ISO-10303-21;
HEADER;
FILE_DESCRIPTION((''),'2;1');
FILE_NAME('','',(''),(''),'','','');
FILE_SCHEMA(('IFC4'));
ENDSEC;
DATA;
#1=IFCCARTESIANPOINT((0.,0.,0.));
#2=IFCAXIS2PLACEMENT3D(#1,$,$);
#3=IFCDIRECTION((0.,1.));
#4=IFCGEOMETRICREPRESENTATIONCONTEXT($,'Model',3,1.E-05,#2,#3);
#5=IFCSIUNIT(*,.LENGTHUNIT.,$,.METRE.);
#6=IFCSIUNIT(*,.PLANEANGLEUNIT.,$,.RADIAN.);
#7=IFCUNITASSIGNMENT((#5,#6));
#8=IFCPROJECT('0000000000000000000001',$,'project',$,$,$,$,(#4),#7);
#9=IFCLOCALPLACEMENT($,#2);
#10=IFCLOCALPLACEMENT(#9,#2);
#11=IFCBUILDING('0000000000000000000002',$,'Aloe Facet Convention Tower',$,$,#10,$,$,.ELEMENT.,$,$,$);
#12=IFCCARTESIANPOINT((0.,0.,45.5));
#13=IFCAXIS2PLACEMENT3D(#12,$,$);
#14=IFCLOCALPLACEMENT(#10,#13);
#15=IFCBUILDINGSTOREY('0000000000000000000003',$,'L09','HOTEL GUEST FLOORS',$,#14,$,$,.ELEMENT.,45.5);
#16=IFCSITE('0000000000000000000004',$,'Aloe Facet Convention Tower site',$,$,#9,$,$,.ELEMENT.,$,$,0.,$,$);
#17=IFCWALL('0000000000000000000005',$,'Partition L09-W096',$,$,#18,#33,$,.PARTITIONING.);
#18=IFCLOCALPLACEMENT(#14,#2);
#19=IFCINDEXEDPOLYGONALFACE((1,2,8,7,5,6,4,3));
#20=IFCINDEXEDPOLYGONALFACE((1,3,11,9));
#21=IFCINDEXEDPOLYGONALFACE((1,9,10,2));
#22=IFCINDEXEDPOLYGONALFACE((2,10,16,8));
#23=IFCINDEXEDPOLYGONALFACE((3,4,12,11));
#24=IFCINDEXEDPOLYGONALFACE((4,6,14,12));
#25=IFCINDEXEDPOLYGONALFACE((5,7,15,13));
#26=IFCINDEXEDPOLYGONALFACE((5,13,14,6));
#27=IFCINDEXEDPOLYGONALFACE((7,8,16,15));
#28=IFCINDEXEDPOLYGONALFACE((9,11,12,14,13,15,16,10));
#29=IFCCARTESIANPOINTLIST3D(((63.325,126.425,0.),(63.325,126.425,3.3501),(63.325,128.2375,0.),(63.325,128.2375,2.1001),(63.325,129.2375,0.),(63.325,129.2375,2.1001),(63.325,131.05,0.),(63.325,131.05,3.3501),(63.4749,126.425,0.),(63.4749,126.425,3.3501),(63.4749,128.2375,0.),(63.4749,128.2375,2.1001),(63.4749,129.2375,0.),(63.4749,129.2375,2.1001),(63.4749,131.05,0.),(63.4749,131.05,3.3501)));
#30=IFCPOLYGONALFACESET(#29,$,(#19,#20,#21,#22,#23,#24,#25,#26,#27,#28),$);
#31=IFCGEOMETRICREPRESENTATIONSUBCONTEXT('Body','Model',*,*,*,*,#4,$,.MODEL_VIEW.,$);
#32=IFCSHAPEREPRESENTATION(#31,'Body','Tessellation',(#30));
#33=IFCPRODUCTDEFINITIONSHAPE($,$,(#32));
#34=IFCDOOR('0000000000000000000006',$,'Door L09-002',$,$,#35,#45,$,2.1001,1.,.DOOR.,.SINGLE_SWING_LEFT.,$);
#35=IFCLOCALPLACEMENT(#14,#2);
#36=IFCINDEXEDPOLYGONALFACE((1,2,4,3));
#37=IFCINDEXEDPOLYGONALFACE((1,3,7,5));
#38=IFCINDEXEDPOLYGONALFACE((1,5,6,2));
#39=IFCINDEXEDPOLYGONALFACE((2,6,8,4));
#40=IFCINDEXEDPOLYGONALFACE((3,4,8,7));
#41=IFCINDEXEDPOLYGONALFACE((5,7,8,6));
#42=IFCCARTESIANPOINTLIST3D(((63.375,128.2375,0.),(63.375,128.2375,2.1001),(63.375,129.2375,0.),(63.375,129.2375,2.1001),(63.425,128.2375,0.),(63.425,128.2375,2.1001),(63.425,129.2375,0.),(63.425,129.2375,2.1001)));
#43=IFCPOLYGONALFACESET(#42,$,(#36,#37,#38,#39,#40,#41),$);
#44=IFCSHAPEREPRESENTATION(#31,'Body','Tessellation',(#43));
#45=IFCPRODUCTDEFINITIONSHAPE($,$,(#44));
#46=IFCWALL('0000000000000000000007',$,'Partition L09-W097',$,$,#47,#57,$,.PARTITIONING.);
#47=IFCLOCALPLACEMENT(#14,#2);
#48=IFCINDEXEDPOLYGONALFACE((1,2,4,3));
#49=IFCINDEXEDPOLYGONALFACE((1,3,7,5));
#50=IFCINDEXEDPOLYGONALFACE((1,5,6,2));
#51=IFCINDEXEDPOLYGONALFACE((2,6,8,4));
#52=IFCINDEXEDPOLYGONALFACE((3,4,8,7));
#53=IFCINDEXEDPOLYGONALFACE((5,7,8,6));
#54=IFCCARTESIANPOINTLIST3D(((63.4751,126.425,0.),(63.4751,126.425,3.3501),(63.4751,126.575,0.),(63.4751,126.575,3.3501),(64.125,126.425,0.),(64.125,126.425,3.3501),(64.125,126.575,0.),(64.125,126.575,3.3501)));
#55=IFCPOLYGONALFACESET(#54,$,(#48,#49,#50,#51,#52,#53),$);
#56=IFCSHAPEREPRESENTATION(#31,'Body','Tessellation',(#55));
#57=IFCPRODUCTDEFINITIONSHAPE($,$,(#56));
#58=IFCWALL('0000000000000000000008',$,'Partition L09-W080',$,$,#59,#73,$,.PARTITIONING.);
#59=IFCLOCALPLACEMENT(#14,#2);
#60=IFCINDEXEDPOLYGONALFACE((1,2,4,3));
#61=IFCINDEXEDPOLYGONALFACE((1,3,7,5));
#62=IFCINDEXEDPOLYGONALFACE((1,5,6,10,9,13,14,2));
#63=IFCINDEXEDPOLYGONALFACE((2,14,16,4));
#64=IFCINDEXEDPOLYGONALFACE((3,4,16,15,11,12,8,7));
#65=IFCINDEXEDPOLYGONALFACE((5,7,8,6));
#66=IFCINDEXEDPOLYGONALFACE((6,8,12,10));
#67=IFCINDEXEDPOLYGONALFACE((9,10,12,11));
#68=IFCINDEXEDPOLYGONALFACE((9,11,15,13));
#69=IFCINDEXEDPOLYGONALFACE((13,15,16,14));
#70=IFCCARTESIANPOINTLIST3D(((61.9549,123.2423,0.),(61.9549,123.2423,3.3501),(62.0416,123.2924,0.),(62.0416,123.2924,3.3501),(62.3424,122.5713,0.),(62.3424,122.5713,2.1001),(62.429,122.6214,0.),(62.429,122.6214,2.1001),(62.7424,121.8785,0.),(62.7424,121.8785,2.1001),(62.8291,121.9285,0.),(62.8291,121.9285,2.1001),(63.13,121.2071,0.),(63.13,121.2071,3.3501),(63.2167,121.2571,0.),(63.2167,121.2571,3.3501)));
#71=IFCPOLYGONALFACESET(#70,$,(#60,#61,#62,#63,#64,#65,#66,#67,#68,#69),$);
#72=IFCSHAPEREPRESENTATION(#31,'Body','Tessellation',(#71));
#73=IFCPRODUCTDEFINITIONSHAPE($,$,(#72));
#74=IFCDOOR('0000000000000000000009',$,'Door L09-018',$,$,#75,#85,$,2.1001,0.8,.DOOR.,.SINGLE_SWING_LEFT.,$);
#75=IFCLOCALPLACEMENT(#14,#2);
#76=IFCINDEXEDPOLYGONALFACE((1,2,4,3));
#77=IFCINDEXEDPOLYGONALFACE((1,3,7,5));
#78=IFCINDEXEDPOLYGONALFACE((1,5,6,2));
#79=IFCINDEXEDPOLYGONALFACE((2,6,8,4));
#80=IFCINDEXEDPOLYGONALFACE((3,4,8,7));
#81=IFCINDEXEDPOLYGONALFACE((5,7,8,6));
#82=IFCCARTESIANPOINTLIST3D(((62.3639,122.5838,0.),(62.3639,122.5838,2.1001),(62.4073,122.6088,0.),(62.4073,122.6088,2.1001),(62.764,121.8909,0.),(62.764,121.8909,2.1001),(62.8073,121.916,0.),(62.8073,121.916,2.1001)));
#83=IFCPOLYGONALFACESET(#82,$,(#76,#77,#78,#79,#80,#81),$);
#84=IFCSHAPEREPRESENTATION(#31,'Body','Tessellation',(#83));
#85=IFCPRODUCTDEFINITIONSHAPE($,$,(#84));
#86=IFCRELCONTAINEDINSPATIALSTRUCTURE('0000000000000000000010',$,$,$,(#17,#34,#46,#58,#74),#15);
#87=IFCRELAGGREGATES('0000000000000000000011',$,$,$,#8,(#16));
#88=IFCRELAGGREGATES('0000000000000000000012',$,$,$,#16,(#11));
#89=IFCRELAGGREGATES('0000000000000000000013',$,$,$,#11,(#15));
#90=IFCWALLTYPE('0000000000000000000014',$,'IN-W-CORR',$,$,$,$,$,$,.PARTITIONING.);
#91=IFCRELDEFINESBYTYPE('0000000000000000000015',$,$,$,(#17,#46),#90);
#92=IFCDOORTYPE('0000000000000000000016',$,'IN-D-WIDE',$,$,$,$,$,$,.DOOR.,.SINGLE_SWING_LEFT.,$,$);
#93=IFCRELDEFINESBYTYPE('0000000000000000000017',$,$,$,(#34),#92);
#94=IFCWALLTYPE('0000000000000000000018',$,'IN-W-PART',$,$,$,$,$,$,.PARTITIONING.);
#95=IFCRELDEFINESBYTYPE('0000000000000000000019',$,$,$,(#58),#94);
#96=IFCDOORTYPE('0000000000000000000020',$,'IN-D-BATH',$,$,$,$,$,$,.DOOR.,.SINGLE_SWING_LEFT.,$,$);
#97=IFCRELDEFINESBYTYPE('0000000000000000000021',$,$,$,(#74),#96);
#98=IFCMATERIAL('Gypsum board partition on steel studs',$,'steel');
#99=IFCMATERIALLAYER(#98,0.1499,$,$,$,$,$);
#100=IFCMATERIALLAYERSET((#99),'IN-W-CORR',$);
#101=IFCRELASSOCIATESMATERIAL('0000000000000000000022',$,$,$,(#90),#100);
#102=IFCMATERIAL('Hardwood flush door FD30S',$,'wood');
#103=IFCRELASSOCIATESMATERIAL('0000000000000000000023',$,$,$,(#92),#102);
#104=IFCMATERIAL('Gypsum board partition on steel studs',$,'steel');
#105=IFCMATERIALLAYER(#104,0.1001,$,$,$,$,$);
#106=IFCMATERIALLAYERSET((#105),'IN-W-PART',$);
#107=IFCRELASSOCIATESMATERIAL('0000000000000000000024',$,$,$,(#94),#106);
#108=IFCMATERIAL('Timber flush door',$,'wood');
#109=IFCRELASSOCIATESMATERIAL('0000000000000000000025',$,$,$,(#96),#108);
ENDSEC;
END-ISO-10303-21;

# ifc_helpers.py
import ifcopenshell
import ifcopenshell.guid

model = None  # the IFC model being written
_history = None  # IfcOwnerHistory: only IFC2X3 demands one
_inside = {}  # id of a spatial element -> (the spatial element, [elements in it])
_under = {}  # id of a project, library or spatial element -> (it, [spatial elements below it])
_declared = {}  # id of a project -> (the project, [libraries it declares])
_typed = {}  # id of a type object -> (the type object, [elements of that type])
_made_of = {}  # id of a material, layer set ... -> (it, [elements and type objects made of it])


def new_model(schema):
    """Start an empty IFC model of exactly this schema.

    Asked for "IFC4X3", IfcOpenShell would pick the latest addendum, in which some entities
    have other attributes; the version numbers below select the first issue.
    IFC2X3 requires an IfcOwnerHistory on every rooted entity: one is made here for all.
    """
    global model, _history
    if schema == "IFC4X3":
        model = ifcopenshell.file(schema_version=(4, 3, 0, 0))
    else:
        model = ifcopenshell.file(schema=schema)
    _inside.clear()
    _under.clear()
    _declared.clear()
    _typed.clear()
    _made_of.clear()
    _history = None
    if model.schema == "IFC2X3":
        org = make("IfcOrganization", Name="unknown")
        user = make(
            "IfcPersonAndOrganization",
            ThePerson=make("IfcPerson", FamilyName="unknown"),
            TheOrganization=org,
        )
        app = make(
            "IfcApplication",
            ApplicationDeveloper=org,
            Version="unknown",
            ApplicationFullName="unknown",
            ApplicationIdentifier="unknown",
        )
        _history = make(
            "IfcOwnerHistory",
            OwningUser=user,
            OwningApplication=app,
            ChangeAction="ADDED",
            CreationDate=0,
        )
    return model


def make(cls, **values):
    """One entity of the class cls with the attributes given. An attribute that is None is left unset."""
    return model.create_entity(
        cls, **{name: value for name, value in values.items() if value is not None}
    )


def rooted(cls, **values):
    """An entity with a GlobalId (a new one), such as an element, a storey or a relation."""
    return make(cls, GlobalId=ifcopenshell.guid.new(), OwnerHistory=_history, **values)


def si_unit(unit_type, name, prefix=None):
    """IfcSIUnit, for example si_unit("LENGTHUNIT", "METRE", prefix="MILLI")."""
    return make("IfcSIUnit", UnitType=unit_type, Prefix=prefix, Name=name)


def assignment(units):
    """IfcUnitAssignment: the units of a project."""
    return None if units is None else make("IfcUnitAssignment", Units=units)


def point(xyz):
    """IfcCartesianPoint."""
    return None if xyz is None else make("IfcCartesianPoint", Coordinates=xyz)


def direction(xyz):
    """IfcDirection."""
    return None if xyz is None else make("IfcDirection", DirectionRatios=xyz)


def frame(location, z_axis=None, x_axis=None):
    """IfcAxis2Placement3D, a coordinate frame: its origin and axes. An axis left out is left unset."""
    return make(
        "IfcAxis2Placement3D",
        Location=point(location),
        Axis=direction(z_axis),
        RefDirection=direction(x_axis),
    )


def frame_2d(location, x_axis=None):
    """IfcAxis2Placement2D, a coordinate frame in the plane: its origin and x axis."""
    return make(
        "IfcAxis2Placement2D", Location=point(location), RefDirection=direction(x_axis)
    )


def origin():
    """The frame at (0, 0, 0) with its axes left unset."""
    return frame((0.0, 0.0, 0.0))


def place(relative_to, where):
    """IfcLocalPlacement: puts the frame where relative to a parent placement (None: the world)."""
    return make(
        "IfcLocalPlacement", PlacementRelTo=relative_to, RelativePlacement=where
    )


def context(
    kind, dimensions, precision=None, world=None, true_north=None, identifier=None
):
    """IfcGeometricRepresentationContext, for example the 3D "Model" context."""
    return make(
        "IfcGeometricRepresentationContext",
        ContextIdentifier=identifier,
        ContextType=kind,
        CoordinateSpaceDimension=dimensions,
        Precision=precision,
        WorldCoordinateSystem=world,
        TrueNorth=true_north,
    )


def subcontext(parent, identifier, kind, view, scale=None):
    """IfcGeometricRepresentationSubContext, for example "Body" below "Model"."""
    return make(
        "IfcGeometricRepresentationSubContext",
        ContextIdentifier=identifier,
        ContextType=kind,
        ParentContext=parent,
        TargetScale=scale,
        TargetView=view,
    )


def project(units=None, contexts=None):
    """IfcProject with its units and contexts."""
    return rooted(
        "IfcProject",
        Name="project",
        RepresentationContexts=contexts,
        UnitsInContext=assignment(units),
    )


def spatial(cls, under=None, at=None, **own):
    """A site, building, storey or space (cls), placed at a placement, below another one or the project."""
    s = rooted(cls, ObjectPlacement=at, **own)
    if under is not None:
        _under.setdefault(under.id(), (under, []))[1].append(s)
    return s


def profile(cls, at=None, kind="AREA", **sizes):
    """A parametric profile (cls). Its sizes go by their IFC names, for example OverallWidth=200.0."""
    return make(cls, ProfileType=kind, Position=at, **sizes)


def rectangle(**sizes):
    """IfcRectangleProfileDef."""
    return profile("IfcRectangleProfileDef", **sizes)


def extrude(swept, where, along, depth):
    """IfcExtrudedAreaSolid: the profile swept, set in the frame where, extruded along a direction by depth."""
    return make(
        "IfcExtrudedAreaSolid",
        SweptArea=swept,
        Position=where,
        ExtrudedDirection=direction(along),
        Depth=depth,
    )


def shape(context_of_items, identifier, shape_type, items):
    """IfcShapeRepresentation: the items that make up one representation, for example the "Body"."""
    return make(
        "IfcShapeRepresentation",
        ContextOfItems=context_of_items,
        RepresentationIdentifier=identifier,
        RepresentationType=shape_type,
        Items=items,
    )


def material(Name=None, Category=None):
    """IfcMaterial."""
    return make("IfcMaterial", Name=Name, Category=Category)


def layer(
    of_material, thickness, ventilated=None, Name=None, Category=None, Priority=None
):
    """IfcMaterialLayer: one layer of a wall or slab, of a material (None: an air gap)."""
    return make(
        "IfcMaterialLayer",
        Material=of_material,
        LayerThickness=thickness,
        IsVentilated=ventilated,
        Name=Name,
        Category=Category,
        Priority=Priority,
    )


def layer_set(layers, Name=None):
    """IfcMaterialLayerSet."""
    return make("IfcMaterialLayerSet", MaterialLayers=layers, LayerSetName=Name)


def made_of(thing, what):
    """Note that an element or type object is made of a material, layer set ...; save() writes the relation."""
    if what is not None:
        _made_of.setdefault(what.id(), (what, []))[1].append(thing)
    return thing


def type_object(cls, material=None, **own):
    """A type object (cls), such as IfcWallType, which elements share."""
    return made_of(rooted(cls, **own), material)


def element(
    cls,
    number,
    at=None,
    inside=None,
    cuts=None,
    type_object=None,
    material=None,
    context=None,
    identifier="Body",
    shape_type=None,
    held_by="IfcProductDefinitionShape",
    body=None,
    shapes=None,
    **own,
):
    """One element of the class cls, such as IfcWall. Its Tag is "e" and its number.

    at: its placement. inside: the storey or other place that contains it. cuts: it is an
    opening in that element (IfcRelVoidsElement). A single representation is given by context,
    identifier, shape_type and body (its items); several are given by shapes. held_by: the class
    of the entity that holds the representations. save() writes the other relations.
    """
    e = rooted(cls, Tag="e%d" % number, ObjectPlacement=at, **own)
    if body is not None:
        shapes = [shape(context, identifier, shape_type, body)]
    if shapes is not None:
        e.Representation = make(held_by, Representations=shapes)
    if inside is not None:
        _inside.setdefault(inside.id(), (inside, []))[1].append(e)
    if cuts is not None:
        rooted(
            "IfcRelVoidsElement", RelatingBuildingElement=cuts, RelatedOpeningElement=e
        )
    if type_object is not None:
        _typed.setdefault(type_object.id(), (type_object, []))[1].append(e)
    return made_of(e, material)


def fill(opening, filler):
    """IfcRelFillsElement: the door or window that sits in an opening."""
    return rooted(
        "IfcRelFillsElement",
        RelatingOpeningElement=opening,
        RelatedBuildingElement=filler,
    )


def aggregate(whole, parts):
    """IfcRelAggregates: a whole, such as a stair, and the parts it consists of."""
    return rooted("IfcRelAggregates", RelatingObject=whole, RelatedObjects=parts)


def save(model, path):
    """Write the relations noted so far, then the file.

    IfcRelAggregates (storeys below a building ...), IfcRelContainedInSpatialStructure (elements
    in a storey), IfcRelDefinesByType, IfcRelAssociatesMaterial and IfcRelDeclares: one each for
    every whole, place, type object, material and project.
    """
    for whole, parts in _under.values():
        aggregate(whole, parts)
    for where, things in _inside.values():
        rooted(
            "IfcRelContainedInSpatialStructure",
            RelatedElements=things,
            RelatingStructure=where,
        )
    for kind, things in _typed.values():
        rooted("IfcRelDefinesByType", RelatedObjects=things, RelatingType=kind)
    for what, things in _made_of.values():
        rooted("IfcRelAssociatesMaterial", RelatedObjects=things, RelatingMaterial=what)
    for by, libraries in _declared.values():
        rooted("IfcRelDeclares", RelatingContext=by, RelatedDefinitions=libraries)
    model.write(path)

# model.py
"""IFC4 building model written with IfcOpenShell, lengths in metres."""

from ifc_helpers import new_model, si_unit, direction, frame, frame_2d, origin, place, context, subcontext, project, spatial, rectangle, extrude, material, layer, layer_set, type_object, element, fill, save


model = new_model("IFC4")

# Units and contexts
model_context = context("Model", 3, precision=1e-05, world=origin(), true_north=direction((0.0, 1.0)))
body_context = subcontext(model_context, "Body", "Model", "MODEL_VIEW")
ifc_project = project(units=[si_unit("LENGTHUNIT", "METRE"), si_unit("PLANEANGLEUNIT", "RADIAN")], contexts=[model_context])

# Site, building, storey
site_placement = place(None, origin())
site = spatial("IfcSite", under=ifc_project, at=site_placement, Name="Aloe Facet Convention Tower site", CompositionType="ELEMENT", RefElevation=0.0)
building_placement = place(site_placement, origin())
building = spatial("IfcBuilding", under=site, at=building_placement, Name="Aloe Facet Convention Tower", CompositionType="ELEMENT")
storey_placement = place(building_placement, frame((0.0, 0.0, 45.5)))
storey = spatial("IfcBuildingStorey", under=building, at=storey_placement, Name="L09", Description="HOTEL GUEST FLOORS", CompositionType="ELEMENT", Elevation=45.5)

# Shared definitions
ifc_material_1 = material(Name="Gypsum board partition on steel studs", Category="steel")
ifc_layer_1 = layer(ifc_material_1, 0.1499)
ifc_layer_set_1 = layer_set([ifc_layer_1], Name="IN-W-CORR")
wall_type_1 = type_object("IfcWallType", Name="IN-W-CORR", PredefinedType="PARTITIONING", material=ifc_layer_set_1)

# Wall, opening, door
wall_1_placement = place(storey_placement, frame((63.3999, 126.425, 0.0), z_axis=(0.0, 0.0, 1.0), x_axis=(0.0, 1.0, 0.0)))
wall_1 = element("IfcWall", 1, at=wall_1_placement, inside=storey, type_object=wall_type_1, Name="Partition L09-W096", PredefinedType="PARTITIONING", context=body_context, shape_type="SweptSolid", body=[
    extrude(rectangle(XDim=4.625, YDim=0.1499, at=frame_2d((2.3125, 0.0))), origin(), (0.0, 0.0, 1.0), 3.3501),
])
opening_1_placement = place(wall_1_placement, frame((1.8125, 0.0, 0.0)))
opening_1 = element("IfcOpeningElement", 2, at=opening_1_placement, cuts=wall_1, PredefinedType="OPENING", context=body_context, shape_type="SweptSolid", body=[
    extrude(rectangle(XDim=1.0, YDim=2.1001, at=frame_2d((0.5, 1.05))), frame((0.0, 0.085, 0.0), z_axis=(0.0, -1.0, 0.0), x_axis=(1.0, 0.0, 0.0)), (0.0, 0.0, 1.0), 0.1699),
])
ifc_material_2 = material(Name="Hardwood flush door FD30S", Category="wood")
door_type_1 = type_object("IfcDoorType", Name="IN-D-WIDE", OperationType="SINGLE_SWING_LEFT", PredefinedType="DOOR", material=ifc_material_2)
door_1_placement = place(opening_1_placement, origin())
door_1 = element("IfcDoor", 3, at=door_1_placement, inside=storey, type_object=door_type_1, Name="Door L09-002", OperationType="SINGLE_SWING_LEFT", OverallHeight=2.1001, OverallWidth=1.0, PredefinedType="DOOR", context=body_context, shape_type="SweptSolid", body=[
    extrude(rectangle(XDim=1.0, YDim=2.1001, at=frame_2d((0.5, 1.05))), frame((0.0, 0.0249, 0.0), z_axis=(0.0, -1.0, 0.0), x_axis=(1.0, 0.0, 0.0)), (0.0, 0.0, 1.0), 0.05),
])
fill(opening_1, door_1)

# Wall
wall_2_placement = place(storey_placement, frame((63.4751, 126.5, 0.0), z_axis=(0.0, 0.0, 1.0), x_axis=(1.0, 0.0, 0.0)))
element("IfcWall", 4, at=wall_2_placement, inside=storey, type_object=wall_type_1, Name="Partition L09-W097", PredefinedType="PARTITIONING", context=body_context, shape_type="SweptSolid", body=[
    extrude(rectangle(XDim=0.6499, YDim=0.1499, at=frame_2d((0.325, 0.0))), origin(), (0.0, 0.0, 1.0), 3.3501),
])

# Wall, opening, door
ifc_material_3 = material(Name="Gypsum board partition on steel studs", Category="steel")
ifc_layer_2 = layer(ifc_material_3, 0.1001)
ifc_layer_set_2 = layer_set([ifc_layer_2], Name="IN-W-PART")
wall_type_2 = type_object("IfcWallType", Name="IN-W-PART", PredefinedType="PARTITIONING", material=ifc_layer_set_2)
wall_3_placement = place(storey_placement, frame((61.9983, 123.2673, 0.0), z_axis=(0.0, 0.0, 1.0), x_axis=(0.500016, -0.866016, 0.0)))
wall_3 = element("IfcWall", 5, at=wall_3_placement, inside=storey, type_object=wall_type_2, Name="Partition L09-W080", PredefinedType="PARTITIONING", context=body_context, shape_type="SweptSolid", body=[
    extrude(rectangle(XDim=2.3501, YDim=0.1001, at=frame_2d((1.175, 0.0))), origin(), (0.0, 0.0, 1.0), 3.3501),
])
opening_2_placement = place(wall_3_placement, frame((0.7749, 0.0, 0.0)))
opening_2 = element("IfcOpeningElement", 6, at=opening_2_placement, cuts=wall_3, PredefinedType="OPENING", context=body_context, shape_type="SweptSolid", body=[
    extrude(rectangle(XDim=0.8, YDim=2.1001, at=frame_2d((0.3999, 1.05))), frame((0.0, 0.0601, 0.0), z_axis=(0.0, -1.0, 0.0), x_axis=(1.0, 0.0, 0.0)), (0.0, 0.0, 1.0), 0.1201),
])
ifc_material_4 = material(Name="Timber flush door", Category="wood")
door_type_2 = type_object("IfcDoorType", Name="IN-D-BATH", OperationType="SINGLE_SWING_LEFT", PredefinedType="DOOR", material=ifc_material_4)
door_2_placement = place(opening_2_placement, origin())
door_2 = element("IfcDoor", 7, at=door_2_placement, inside=storey, type_object=door_type_2, Name="Door L09-018", OperationType="SINGLE_SWING_LEFT", OverallHeight=2.1001, OverallWidth=0.8, PredefinedType="DOOR", context=body_context, shape_type="SweptSolid", body=[
    extrude(rectangle(XDim=0.8, YDim=2.1001, at=frame_2d((0.3999, 1.05))), frame((0.0, 0.0249, 0.0), z_axis=(0.0, -1.0, 0.0), x_axis=(1.0, 0.0, 0.0)), (0.0, 0.0, 1.0), 0.05),
])
fill(opening_2, door_2)

save(model, "model.ifc")
